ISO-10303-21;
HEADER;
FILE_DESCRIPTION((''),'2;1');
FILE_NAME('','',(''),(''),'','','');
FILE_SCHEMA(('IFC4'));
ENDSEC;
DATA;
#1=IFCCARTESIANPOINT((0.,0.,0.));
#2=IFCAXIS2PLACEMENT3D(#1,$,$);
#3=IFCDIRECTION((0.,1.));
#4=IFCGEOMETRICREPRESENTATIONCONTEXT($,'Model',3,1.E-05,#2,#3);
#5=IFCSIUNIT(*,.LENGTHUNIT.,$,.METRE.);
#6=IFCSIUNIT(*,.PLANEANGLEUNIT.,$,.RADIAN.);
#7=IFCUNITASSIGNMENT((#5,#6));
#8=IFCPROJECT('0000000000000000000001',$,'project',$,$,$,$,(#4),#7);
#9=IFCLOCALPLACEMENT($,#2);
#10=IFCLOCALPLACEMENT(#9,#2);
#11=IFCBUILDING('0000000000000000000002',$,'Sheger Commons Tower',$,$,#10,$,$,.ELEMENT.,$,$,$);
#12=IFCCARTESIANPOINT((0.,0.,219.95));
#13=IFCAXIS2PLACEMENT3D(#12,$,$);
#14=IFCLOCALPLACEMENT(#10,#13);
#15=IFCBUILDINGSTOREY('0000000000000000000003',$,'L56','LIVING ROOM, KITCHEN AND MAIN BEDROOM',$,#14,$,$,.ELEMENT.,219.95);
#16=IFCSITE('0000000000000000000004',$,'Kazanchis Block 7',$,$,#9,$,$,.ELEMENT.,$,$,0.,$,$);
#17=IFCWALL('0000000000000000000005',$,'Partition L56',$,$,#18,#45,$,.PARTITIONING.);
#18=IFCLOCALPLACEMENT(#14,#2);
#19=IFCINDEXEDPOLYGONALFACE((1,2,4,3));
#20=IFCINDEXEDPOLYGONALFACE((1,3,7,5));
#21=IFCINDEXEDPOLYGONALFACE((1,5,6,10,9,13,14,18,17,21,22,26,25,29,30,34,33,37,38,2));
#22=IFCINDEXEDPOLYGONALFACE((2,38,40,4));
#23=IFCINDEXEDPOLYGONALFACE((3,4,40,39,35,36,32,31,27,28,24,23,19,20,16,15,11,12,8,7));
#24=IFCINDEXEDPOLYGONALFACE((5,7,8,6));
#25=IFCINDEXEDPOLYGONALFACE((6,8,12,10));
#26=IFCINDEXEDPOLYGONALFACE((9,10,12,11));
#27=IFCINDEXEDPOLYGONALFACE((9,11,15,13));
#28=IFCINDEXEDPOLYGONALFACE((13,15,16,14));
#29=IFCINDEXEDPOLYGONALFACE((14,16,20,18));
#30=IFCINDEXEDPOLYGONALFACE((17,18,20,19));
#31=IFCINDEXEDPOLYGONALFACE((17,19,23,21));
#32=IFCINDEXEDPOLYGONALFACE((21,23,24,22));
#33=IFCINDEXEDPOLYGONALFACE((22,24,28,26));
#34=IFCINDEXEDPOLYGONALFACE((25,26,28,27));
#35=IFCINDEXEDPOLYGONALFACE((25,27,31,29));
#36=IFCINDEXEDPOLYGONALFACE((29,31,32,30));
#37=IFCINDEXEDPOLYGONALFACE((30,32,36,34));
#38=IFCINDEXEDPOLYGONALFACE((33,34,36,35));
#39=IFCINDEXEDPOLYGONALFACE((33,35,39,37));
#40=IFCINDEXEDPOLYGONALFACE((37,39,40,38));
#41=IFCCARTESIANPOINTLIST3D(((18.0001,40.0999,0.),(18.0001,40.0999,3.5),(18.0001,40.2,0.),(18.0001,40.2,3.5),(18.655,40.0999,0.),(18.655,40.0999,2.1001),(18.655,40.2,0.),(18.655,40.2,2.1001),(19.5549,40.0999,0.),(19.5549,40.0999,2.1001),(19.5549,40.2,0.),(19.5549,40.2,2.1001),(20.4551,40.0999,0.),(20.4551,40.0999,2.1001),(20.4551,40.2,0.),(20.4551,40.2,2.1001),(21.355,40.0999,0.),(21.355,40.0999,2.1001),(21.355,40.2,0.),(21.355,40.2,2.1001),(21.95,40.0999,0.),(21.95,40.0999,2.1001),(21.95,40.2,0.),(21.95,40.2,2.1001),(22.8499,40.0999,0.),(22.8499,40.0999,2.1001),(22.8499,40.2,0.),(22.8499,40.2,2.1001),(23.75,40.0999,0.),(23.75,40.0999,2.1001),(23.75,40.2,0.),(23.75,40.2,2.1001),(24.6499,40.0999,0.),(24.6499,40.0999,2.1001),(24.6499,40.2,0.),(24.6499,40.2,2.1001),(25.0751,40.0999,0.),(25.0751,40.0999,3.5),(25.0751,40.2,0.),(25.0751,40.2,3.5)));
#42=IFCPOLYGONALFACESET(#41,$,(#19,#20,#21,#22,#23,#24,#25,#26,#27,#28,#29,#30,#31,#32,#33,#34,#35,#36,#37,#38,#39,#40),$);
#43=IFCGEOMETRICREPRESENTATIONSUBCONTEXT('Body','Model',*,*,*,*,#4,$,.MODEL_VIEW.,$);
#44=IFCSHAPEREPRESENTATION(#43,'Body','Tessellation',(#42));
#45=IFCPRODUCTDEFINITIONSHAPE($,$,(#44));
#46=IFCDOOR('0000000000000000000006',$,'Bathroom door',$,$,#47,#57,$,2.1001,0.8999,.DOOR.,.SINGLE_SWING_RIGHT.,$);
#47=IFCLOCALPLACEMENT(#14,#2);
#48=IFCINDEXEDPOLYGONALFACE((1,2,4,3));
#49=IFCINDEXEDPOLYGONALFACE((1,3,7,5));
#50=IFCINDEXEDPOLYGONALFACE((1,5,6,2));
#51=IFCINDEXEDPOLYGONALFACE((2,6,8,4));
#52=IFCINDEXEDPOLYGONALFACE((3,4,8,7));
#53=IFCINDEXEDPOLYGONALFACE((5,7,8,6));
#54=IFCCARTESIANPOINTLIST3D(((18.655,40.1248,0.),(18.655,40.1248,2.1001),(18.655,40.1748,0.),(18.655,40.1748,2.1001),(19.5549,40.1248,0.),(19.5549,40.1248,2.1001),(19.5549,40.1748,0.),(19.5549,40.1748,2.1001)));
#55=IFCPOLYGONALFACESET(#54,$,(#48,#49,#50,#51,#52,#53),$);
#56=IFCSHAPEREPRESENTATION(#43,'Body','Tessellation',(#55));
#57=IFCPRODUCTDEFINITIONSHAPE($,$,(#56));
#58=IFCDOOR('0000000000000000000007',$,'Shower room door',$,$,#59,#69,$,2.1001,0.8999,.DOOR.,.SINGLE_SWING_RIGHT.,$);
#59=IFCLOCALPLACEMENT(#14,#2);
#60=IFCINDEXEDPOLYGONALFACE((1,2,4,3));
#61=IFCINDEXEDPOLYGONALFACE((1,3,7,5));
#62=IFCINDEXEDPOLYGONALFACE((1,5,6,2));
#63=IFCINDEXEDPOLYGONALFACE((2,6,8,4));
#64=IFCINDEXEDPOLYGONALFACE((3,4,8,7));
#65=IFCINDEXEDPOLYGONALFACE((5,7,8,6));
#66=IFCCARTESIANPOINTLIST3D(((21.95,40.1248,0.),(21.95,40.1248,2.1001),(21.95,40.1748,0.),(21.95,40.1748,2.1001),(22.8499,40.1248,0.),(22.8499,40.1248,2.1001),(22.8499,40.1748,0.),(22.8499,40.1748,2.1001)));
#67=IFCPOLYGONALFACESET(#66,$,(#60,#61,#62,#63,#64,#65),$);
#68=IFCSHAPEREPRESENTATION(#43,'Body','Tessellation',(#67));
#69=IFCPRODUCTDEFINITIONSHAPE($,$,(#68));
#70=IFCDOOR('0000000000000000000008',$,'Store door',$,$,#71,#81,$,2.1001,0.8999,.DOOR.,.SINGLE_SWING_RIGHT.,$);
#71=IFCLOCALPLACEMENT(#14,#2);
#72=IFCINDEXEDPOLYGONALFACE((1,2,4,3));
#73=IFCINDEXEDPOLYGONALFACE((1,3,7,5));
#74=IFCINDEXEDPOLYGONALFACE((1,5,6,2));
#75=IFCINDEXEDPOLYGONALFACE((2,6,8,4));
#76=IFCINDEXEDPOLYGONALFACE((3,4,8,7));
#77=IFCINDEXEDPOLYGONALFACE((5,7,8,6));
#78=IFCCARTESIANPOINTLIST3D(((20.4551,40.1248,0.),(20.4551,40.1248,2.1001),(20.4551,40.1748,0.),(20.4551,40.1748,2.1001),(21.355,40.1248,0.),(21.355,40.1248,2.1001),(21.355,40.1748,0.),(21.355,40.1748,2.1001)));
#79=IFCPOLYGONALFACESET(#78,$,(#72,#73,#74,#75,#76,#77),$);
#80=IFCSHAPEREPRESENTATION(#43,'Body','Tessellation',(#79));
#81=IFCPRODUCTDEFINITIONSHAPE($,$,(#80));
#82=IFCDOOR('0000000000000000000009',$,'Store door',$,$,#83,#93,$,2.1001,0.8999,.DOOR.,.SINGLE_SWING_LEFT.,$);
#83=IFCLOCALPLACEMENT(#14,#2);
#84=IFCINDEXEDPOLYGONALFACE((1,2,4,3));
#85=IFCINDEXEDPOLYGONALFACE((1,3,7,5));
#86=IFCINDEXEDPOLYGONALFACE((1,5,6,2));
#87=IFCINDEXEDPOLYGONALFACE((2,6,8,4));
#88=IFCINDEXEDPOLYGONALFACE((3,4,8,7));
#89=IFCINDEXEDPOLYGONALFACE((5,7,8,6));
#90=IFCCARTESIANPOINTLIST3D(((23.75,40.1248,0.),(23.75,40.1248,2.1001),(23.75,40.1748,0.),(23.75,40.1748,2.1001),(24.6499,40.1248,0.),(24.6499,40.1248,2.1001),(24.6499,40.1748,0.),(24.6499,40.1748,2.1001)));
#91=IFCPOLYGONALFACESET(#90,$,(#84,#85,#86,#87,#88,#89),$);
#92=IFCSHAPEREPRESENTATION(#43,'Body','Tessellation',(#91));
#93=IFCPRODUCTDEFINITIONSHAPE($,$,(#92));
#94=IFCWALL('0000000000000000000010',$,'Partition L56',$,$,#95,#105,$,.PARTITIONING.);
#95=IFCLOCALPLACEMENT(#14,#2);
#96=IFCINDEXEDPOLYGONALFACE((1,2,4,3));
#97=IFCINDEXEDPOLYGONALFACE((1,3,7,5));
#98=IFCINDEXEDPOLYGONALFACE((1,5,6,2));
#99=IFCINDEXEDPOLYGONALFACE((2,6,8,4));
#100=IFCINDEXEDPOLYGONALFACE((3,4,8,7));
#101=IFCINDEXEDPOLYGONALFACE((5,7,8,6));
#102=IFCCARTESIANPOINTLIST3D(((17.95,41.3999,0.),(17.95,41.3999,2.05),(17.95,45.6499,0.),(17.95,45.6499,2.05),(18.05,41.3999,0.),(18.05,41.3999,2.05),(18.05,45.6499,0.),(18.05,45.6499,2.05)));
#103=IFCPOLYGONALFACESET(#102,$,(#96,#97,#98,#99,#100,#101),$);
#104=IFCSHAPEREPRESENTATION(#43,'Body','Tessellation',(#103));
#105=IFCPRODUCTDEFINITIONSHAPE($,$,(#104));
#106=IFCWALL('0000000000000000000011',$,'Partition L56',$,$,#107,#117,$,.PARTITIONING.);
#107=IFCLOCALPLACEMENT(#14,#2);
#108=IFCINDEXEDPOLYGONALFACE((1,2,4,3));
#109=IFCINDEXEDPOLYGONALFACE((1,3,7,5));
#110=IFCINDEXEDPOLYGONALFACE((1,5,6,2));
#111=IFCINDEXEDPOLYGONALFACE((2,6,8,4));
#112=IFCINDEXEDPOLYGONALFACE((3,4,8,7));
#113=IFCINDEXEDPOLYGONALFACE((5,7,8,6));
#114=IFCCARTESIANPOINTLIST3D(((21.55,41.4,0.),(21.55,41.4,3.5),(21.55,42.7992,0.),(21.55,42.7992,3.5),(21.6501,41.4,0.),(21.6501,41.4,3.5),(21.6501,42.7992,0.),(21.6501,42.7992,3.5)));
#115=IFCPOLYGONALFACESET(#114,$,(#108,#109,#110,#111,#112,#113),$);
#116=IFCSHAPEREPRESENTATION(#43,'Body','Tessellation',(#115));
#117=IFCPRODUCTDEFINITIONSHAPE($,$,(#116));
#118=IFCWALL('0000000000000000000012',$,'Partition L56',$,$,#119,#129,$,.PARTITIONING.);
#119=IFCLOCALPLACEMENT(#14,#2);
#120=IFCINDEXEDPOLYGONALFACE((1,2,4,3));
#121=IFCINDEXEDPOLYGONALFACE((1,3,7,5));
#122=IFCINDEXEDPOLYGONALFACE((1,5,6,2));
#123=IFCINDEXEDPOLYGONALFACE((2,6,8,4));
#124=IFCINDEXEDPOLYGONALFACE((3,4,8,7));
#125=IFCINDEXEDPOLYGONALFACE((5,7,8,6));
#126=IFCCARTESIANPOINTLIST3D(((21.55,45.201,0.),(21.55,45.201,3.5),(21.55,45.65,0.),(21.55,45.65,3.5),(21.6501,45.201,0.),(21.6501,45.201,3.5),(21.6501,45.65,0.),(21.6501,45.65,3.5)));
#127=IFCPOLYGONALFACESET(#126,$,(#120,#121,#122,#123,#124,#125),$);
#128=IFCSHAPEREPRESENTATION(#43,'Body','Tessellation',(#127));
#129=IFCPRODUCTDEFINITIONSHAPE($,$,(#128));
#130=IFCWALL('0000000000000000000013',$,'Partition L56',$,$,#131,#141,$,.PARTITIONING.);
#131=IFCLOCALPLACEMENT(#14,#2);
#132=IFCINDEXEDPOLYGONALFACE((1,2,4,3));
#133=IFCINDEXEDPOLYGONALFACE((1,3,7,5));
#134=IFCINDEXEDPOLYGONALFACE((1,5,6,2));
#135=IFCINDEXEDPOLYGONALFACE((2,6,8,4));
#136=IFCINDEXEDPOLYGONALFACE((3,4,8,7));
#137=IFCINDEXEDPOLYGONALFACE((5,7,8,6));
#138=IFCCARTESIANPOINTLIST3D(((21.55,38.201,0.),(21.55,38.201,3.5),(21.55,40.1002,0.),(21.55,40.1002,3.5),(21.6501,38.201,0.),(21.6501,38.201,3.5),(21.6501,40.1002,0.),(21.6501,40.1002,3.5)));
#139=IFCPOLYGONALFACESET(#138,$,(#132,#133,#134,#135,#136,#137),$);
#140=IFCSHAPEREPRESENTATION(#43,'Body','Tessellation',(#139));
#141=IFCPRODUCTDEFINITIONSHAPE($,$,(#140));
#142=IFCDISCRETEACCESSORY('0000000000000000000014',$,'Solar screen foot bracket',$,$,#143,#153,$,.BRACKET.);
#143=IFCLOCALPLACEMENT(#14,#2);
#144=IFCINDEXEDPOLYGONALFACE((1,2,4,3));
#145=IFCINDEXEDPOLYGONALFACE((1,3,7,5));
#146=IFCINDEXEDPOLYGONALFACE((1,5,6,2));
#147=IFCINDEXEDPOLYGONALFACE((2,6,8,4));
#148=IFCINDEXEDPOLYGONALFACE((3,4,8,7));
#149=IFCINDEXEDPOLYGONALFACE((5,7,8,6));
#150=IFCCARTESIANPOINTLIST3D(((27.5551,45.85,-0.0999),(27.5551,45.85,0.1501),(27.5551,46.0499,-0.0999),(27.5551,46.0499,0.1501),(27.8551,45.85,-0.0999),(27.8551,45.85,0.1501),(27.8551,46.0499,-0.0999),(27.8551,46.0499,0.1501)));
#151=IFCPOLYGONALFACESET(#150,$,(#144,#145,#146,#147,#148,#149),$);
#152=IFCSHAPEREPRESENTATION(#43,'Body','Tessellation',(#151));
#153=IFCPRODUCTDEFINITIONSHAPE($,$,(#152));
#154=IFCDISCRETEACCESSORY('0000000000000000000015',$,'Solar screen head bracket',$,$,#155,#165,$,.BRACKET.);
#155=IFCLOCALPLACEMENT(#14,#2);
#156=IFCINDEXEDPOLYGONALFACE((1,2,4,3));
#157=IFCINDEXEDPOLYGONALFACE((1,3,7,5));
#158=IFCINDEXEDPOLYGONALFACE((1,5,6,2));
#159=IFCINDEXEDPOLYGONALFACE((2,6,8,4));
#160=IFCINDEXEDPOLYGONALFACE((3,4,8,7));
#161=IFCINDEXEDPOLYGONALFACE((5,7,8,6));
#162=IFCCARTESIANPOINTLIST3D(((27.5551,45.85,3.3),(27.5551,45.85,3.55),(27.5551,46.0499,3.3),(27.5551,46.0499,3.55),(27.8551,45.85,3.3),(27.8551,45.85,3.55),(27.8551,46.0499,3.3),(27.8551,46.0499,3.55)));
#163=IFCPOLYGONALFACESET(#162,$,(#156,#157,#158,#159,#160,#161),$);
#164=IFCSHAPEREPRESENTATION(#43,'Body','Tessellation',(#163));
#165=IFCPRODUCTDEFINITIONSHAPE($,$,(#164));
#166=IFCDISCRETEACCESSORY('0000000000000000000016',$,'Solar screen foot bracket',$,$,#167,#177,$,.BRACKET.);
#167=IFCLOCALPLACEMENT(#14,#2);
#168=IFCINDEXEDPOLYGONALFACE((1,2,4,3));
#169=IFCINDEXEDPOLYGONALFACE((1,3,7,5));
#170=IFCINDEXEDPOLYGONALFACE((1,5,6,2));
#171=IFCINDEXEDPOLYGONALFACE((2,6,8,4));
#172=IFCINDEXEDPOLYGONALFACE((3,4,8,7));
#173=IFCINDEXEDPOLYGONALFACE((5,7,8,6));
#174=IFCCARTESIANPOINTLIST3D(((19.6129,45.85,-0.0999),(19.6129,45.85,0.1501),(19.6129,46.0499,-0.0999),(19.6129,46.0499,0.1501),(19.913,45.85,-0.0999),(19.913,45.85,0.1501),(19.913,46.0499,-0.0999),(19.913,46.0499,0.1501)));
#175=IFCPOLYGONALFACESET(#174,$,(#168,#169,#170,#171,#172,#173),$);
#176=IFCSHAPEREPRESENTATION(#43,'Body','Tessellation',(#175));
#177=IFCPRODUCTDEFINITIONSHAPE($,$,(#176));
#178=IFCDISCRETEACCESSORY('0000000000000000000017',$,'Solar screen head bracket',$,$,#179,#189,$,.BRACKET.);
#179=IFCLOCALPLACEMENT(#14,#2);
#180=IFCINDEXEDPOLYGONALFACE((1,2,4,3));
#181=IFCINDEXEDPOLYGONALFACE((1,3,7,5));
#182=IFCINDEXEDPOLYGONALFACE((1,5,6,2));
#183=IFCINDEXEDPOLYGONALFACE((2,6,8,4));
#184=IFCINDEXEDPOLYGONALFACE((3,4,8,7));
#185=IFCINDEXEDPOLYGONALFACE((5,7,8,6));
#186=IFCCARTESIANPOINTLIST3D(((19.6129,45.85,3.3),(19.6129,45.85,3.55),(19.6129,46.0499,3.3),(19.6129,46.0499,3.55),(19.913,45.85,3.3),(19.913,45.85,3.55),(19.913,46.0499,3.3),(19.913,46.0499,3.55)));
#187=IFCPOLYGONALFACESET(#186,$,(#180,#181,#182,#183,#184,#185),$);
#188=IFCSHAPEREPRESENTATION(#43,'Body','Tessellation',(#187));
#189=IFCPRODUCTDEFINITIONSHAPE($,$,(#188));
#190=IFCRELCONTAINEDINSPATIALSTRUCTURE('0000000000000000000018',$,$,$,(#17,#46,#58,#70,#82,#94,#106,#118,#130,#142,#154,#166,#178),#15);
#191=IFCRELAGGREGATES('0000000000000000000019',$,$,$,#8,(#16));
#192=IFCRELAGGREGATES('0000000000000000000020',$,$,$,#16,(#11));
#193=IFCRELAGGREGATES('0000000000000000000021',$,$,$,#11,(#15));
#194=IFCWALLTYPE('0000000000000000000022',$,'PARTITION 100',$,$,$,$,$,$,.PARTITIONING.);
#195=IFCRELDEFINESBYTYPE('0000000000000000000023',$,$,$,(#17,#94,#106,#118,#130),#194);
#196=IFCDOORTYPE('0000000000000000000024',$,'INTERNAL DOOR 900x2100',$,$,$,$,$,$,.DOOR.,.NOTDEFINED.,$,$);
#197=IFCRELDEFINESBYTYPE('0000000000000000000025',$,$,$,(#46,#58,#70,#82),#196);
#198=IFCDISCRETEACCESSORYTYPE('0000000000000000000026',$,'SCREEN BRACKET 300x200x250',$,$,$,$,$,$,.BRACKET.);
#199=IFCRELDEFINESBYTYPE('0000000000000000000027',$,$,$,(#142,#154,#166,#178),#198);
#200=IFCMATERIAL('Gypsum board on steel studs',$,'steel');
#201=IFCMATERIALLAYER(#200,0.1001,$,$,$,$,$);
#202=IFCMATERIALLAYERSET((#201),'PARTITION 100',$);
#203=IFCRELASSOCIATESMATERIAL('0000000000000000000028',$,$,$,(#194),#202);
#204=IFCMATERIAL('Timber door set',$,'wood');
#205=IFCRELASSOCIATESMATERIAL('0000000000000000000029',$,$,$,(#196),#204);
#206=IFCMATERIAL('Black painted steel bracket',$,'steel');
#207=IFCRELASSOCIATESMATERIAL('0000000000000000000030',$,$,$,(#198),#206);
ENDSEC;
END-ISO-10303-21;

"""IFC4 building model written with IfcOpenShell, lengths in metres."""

from ifc_helpers import new_model, si_unit, direction, frame, frame_2d, origin, origin_2d, place, context, subcontext, project, spatial, rectangle, extrude, material, layer, layer_set, type_object, element, fill, save


model = new_model("IFC4")

# Units and contexts
model_context = context("Model", 3, precision=1e-05, world=origin(), true_north=direction((0.0, 1.0)))
body_context = subcontext(model_context, "Body", "Model", "MODEL_VIEW")
ifc_project = project(units=[si_unit("LENGTHUNIT", "METRE"), si_unit("PLANEANGLEUNIT", "RADIAN")], contexts=[model_context])

# Site, building, storey
site_placement = place(None, origin())
site = spatial("IfcSite", under=ifc_project, at=site_placement, Name="Kazanchis Block 7", CompositionType="ELEMENT", RefElevation=0.0)
building_placement = place(site_placement, origin())
building = spatial("IfcBuilding", under=site, at=building_placement, Name="Sheger Commons Tower", CompositionType="ELEMENT")
storey_placement = place(building_placement, frame((0.0, 0.0, 219.95)))
storey = spatial("IfcBuildingStorey", under=building, at=storey_placement, Name="L56", Description="LIVING ROOM, KITCHEN AND MAIN BEDROOM", CompositionType="ELEMENT", Elevation=219.95)

# Wall, openings, doors
ifc_material_1 = material(Name="Gypsum board on steel studs", Category="steel")
ifc_layer_1 = layer(ifc_material_1, 0.1001)
ifc_layer_set_1 = layer_set([ifc_layer_1], Name="PARTITION 100")
wall_type_1 = type_object("IfcWallType", Name="PARTITION 100", PredefinedType="PARTITIONING", material=ifc_layer_set_1)
ifc_material_2 = material(Name="Timber door set", Category="wood")
door_type = type_object("IfcDoorType", Name="INTERNAL DOOR 900x2100", OperationType="NOTDEFINED", PredefinedType="DOOR", material=ifc_material_2)
wall_1_placement = place(storey_placement, frame((18.0, 40.1499, 0.0), z_axis=(0.0, 0.0, 1.0), x_axis=(1.0, 0.0, 0.0)))
wall_1 = element("IfcWall", 1, at=wall_1_placement, inside=storey, type_object=wall_type_1, Name="Partition L56", PredefinedType="PARTITIONING", context=body_context, shape_type="SweptSolid", body=[
    extrude(rectangle(XDim=7.075, YDim=0.1001, at=frame_2d((3.5376, 0.0))), origin(), (0.0, 0.0, 1.0), 3.5),
])
opening_1_placement = place(wall_1_placement, frame((0.655, 0.0, 0.0)))
opening_1 = element("IfcOpeningElement", 2, at=opening_1_placement, cuts=wall_1, PredefinedType="OPENING", context=body_context, shape_type="SweptSolid", body=[
    extrude(rectangle(XDim=0.8999, YDim=2.1001, at=frame_2d((0.45, 1.05))), frame((0.0, 0.0601, 0.0), z_axis=(0.0, -1.0, 0.0), x_axis=(1.0, 0.0, 0.0)), (0.0, 0.0, 1.0), 0.1201),
])
opening_2_placement = place(wall_1_placement, frame((3.95, 0.0, 0.0)))
opening_2 = element("IfcOpeningElement", 3, at=opening_2_placement, cuts=wall_1, PredefinedType="OPENING", context=body_context, shape_type="SweptSolid", body=[
    extrude(rectangle(XDim=0.8999, YDim=2.1001, at=frame_2d((0.45, 1.05))), frame((0.0, 0.0601, 0.0), z_axis=(0.0, -1.0, 0.0), x_axis=(1.0, 0.0, 0.0)), (0.0, 0.0, 1.0), 0.1201),
])
opening_3_placement = place(wall_1_placement, frame((2.4551, 0.0, 0.0)))
opening_3 = element("IfcOpeningElement", 4, at=opening_3_placement, cuts=wall_1, PredefinedType="OPENING", context=body_context, shape_type="SweptSolid", body=[
    extrude(rectangle(XDim=0.8999, YDim=2.1001, at=frame_2d((0.45, 1.05))), frame((0.0, 0.0601, 0.0), z_axis=(0.0, -1.0, 0.0), x_axis=(1.0, 0.0, 0.0)), (0.0, 0.0, 1.0), 0.1201),
])
opening_4_placement = place(wall_1_placement, frame((5.75, 0.0, 0.0)))
opening_4 = element("IfcOpeningElement", 5, at=opening_4_placement, cuts=wall_1, PredefinedType="OPENING", context=body_context, shape_type="SweptSolid", body=[
    extrude(rectangle(XDim=0.8999, YDim=2.1001, at=frame_2d((0.45, 1.05))), frame((0.0, 0.0601, 0.0), z_axis=(0.0, -1.0, 0.0), x_axis=(1.0, 0.0, 0.0)), (0.0, 0.0, 1.0), 0.1201),
])
door_1_placement = place(opening_1_placement, origin())
door_1 = element("IfcDoor", 6, at=door_1_placement, inside=storey, type_object=door_type, Name="Bathroom door", OperationType="SINGLE_SWING_RIGHT", OverallHeight=2.1001, OverallWidth=0.8999, PredefinedType="DOOR", context=body_context, shape_type="SweptSolid", body=[
    extrude(rectangle(XDim=0.8999, YDim=2.1001, at=frame_2d((0.45, 1.05))), frame((0.0, 0.0249, 0.0), z_axis=(0.0, -1.0, 0.0), x_axis=(1.0, 0.0, 0.0)), (0.0, 0.0, 1.0), 0.05),
])
fill(opening_1, door_1)
door_2_placement = place(opening_2_placement, origin())
door_2 = element("IfcDoor", 7, at=door_2_placement, inside=storey, type_object=door_type, Name="Shower room door", OperationType="SINGLE_SWING_RIGHT", OverallHeight=2.1001, OverallWidth=0.8999, PredefinedType="DOOR", context=body_context, shape_type="SweptSolid", body=[
    extrude(rectangle(XDim=0.8999, YDim=2.1001, at=frame_2d((0.45, 1.05))), frame((0.0, 0.0249, 0.0), z_axis=(0.0, -1.0, 0.0), x_axis=(1.0, 0.0, 0.0)), (0.0, 0.0, 1.0), 0.05),
])
fill(opening_2, door_2)
door_3_placement = place(opening_3_placement, origin())
door_3 = element("IfcDoor", 8, at=door_3_placement, inside=storey, type_object=door_type, Name="Store door", OperationType="SINGLE_SWING_RIGHT", OverallHeight=2.1001, OverallWidth=0.8999, PredefinedType="DOOR", context=body_context, shape_type="SweptSolid", body=[
    extrude(rectangle(XDim=0.8999, YDim=2.1001, at=frame_2d((0.45, 1.05))), frame((0.0, 0.0249, 0.0), z_axis=(0.0, -1.0, 0.0), x_axis=(1.0, 0.0, 0.0)), (0.0, 0.0, 1.0), 0.05),
])
fill(opening_3, door_3)
door_4_placement = place(opening_4_placement, origin())
door_4 = element("IfcDoor", 9, at=door_4_placement, inside=storey, type_object=door_type, Name="Store door", OperationType="SINGLE_SWING_LEFT", OverallHeight=2.1001, OverallWidth=0.8999, PredefinedType="DOOR", context=body_context, shape_type="SweptSolid", body=[
    extrude(rectangle(XDim=0.8999, YDim=2.1001, at=frame_2d((0.45, 1.05))), frame((0.0, 0.0249, 0.0), z_axis=(0.0, -1.0, 0.0), x_axis=(1.0, 0.0, 0.0)), (0.0, 0.0, 1.0), 0.05),
])
fill(opening_4, door_4)

# Walls
wall_2_placement = place(storey_placement, frame((18.0, 41.3999, 0.0), z_axis=(0.0, 0.0, 1.0), x_axis=(0.0, 1.0, 0.0)))
element("IfcWall", 10, at=wall_2_placement, inside=storey, type_object=wall_type_1, Name="Partition L56", PredefinedType="PARTITIONING", context=body_context, shape_type="SweptSolid", body=[
    extrude(rectangle(XDim=4.25, YDim=0.1001, at=frame_2d((2.125, 0.0))), origin(), (0.0, 0.0, 1.0), 2.05),
])
wall_3_placement = place(storey_placement, frame((21.6001, 41.3999, 0.0), z_axis=(0.0, 0.0, 1.0), x_axis=(0.0, 1.0, 0.0)))
element("IfcWall", 11, at=wall_3_placement, inside=storey, type_object=wall_type_1, Name="Partition L56", PredefinedType="PARTITIONING", context=body_context, shape_type="SweptSolid", body=[
    extrude(rectangle(XDim=1.3992, YDim=0.1001, at=frame_2d((0.6997, 0.0))), origin(), (0.0, 0.0, 1.0), 3.5),
])
wall_4_placement = place(storey_placement, frame((21.6001, 45.2009, 0.0), z_axis=(0.0, 0.0, 1.0), x_axis=(0.0, 1.0, 0.0)))
element("IfcWall", 12, at=wall_4_placement, inside=storey, type_object=wall_type_1, Name="Partition L56", PredefinedType="PARTITIONING", context=body_context, shape_type="SweptSolid", body=[
    extrude(rectangle(XDim=0.449, YDim=0.1001, at=frame_2d((0.2246, 0.0))), origin(), (0.0, 0.0, 1.0), 3.5),
])
wall_5_placement = place(storey_placement, frame((21.6001, 38.2009, 0.0), z_axis=(0.0, 0.0, 1.0), x_axis=(0.0, 1.0, 0.0)))
element("IfcWall", 13, at=wall_5_placement, inside=storey, type_object=wall_type_1, Name="Partition L56", PredefinedType="PARTITIONING", context=body_context, shape_type="SweptSolid", body=[
    extrude(rectangle(XDim=1.8992, YDim=0.1001, at=frame_2d((0.9497, 0.0))), origin(), (0.0, 0.0, 1.0), 3.5),
])

# Discrete accessories
ifc_material_3 = material(Name="Black painted steel bracket", Category="steel")
discrete_accessory_type = type_object("IfcDiscreteAccessoryType", Name="SCREEN BRACKET 300x200x250", PredefinedType="BRACKET", material=ifc_material_3)
for number, where, z_axis, x_axis, name in (
    (14, (27.7051, 45.95, -0.0999), (0.0, 0.0, 1.0), (-1.0, 0.0, 0.0), "Solar screen foot bracket"),
    (15, (27.7051, 45.95, 3.3), (0.0, 0.0, 1.0), (-1.0, 0.0, 0.0), "Solar screen head bracket"),
    (16, (19.7629, 45.95, -0.0999), (0.0, 0.0, 1.0), (-1.0, 0.0, 0.0), "Solar screen foot bracket"),
    (17, (19.7629, 45.95, 3.3), (0.0, 0.0, 1.0), (-1.0, 0.0, 0.0), "Solar screen head bracket"),
):
    element("IfcDiscreteAccessory", number, at=place(storey_placement, frame(where, z_axis=z_axis, x_axis=x_axis)), inside=storey, type_object=discrete_accessory_type, Name=name, PredefinedType="BRACKET", context=body_context, shape_type="SweptSolid", body=[
        extrude(rectangle(XDim=0.3, YDim=0.2, at=origin_2d()), origin(), (0.0, 0.0, 1.0), 0.25),
    ])

save(model, "model.ifc")
